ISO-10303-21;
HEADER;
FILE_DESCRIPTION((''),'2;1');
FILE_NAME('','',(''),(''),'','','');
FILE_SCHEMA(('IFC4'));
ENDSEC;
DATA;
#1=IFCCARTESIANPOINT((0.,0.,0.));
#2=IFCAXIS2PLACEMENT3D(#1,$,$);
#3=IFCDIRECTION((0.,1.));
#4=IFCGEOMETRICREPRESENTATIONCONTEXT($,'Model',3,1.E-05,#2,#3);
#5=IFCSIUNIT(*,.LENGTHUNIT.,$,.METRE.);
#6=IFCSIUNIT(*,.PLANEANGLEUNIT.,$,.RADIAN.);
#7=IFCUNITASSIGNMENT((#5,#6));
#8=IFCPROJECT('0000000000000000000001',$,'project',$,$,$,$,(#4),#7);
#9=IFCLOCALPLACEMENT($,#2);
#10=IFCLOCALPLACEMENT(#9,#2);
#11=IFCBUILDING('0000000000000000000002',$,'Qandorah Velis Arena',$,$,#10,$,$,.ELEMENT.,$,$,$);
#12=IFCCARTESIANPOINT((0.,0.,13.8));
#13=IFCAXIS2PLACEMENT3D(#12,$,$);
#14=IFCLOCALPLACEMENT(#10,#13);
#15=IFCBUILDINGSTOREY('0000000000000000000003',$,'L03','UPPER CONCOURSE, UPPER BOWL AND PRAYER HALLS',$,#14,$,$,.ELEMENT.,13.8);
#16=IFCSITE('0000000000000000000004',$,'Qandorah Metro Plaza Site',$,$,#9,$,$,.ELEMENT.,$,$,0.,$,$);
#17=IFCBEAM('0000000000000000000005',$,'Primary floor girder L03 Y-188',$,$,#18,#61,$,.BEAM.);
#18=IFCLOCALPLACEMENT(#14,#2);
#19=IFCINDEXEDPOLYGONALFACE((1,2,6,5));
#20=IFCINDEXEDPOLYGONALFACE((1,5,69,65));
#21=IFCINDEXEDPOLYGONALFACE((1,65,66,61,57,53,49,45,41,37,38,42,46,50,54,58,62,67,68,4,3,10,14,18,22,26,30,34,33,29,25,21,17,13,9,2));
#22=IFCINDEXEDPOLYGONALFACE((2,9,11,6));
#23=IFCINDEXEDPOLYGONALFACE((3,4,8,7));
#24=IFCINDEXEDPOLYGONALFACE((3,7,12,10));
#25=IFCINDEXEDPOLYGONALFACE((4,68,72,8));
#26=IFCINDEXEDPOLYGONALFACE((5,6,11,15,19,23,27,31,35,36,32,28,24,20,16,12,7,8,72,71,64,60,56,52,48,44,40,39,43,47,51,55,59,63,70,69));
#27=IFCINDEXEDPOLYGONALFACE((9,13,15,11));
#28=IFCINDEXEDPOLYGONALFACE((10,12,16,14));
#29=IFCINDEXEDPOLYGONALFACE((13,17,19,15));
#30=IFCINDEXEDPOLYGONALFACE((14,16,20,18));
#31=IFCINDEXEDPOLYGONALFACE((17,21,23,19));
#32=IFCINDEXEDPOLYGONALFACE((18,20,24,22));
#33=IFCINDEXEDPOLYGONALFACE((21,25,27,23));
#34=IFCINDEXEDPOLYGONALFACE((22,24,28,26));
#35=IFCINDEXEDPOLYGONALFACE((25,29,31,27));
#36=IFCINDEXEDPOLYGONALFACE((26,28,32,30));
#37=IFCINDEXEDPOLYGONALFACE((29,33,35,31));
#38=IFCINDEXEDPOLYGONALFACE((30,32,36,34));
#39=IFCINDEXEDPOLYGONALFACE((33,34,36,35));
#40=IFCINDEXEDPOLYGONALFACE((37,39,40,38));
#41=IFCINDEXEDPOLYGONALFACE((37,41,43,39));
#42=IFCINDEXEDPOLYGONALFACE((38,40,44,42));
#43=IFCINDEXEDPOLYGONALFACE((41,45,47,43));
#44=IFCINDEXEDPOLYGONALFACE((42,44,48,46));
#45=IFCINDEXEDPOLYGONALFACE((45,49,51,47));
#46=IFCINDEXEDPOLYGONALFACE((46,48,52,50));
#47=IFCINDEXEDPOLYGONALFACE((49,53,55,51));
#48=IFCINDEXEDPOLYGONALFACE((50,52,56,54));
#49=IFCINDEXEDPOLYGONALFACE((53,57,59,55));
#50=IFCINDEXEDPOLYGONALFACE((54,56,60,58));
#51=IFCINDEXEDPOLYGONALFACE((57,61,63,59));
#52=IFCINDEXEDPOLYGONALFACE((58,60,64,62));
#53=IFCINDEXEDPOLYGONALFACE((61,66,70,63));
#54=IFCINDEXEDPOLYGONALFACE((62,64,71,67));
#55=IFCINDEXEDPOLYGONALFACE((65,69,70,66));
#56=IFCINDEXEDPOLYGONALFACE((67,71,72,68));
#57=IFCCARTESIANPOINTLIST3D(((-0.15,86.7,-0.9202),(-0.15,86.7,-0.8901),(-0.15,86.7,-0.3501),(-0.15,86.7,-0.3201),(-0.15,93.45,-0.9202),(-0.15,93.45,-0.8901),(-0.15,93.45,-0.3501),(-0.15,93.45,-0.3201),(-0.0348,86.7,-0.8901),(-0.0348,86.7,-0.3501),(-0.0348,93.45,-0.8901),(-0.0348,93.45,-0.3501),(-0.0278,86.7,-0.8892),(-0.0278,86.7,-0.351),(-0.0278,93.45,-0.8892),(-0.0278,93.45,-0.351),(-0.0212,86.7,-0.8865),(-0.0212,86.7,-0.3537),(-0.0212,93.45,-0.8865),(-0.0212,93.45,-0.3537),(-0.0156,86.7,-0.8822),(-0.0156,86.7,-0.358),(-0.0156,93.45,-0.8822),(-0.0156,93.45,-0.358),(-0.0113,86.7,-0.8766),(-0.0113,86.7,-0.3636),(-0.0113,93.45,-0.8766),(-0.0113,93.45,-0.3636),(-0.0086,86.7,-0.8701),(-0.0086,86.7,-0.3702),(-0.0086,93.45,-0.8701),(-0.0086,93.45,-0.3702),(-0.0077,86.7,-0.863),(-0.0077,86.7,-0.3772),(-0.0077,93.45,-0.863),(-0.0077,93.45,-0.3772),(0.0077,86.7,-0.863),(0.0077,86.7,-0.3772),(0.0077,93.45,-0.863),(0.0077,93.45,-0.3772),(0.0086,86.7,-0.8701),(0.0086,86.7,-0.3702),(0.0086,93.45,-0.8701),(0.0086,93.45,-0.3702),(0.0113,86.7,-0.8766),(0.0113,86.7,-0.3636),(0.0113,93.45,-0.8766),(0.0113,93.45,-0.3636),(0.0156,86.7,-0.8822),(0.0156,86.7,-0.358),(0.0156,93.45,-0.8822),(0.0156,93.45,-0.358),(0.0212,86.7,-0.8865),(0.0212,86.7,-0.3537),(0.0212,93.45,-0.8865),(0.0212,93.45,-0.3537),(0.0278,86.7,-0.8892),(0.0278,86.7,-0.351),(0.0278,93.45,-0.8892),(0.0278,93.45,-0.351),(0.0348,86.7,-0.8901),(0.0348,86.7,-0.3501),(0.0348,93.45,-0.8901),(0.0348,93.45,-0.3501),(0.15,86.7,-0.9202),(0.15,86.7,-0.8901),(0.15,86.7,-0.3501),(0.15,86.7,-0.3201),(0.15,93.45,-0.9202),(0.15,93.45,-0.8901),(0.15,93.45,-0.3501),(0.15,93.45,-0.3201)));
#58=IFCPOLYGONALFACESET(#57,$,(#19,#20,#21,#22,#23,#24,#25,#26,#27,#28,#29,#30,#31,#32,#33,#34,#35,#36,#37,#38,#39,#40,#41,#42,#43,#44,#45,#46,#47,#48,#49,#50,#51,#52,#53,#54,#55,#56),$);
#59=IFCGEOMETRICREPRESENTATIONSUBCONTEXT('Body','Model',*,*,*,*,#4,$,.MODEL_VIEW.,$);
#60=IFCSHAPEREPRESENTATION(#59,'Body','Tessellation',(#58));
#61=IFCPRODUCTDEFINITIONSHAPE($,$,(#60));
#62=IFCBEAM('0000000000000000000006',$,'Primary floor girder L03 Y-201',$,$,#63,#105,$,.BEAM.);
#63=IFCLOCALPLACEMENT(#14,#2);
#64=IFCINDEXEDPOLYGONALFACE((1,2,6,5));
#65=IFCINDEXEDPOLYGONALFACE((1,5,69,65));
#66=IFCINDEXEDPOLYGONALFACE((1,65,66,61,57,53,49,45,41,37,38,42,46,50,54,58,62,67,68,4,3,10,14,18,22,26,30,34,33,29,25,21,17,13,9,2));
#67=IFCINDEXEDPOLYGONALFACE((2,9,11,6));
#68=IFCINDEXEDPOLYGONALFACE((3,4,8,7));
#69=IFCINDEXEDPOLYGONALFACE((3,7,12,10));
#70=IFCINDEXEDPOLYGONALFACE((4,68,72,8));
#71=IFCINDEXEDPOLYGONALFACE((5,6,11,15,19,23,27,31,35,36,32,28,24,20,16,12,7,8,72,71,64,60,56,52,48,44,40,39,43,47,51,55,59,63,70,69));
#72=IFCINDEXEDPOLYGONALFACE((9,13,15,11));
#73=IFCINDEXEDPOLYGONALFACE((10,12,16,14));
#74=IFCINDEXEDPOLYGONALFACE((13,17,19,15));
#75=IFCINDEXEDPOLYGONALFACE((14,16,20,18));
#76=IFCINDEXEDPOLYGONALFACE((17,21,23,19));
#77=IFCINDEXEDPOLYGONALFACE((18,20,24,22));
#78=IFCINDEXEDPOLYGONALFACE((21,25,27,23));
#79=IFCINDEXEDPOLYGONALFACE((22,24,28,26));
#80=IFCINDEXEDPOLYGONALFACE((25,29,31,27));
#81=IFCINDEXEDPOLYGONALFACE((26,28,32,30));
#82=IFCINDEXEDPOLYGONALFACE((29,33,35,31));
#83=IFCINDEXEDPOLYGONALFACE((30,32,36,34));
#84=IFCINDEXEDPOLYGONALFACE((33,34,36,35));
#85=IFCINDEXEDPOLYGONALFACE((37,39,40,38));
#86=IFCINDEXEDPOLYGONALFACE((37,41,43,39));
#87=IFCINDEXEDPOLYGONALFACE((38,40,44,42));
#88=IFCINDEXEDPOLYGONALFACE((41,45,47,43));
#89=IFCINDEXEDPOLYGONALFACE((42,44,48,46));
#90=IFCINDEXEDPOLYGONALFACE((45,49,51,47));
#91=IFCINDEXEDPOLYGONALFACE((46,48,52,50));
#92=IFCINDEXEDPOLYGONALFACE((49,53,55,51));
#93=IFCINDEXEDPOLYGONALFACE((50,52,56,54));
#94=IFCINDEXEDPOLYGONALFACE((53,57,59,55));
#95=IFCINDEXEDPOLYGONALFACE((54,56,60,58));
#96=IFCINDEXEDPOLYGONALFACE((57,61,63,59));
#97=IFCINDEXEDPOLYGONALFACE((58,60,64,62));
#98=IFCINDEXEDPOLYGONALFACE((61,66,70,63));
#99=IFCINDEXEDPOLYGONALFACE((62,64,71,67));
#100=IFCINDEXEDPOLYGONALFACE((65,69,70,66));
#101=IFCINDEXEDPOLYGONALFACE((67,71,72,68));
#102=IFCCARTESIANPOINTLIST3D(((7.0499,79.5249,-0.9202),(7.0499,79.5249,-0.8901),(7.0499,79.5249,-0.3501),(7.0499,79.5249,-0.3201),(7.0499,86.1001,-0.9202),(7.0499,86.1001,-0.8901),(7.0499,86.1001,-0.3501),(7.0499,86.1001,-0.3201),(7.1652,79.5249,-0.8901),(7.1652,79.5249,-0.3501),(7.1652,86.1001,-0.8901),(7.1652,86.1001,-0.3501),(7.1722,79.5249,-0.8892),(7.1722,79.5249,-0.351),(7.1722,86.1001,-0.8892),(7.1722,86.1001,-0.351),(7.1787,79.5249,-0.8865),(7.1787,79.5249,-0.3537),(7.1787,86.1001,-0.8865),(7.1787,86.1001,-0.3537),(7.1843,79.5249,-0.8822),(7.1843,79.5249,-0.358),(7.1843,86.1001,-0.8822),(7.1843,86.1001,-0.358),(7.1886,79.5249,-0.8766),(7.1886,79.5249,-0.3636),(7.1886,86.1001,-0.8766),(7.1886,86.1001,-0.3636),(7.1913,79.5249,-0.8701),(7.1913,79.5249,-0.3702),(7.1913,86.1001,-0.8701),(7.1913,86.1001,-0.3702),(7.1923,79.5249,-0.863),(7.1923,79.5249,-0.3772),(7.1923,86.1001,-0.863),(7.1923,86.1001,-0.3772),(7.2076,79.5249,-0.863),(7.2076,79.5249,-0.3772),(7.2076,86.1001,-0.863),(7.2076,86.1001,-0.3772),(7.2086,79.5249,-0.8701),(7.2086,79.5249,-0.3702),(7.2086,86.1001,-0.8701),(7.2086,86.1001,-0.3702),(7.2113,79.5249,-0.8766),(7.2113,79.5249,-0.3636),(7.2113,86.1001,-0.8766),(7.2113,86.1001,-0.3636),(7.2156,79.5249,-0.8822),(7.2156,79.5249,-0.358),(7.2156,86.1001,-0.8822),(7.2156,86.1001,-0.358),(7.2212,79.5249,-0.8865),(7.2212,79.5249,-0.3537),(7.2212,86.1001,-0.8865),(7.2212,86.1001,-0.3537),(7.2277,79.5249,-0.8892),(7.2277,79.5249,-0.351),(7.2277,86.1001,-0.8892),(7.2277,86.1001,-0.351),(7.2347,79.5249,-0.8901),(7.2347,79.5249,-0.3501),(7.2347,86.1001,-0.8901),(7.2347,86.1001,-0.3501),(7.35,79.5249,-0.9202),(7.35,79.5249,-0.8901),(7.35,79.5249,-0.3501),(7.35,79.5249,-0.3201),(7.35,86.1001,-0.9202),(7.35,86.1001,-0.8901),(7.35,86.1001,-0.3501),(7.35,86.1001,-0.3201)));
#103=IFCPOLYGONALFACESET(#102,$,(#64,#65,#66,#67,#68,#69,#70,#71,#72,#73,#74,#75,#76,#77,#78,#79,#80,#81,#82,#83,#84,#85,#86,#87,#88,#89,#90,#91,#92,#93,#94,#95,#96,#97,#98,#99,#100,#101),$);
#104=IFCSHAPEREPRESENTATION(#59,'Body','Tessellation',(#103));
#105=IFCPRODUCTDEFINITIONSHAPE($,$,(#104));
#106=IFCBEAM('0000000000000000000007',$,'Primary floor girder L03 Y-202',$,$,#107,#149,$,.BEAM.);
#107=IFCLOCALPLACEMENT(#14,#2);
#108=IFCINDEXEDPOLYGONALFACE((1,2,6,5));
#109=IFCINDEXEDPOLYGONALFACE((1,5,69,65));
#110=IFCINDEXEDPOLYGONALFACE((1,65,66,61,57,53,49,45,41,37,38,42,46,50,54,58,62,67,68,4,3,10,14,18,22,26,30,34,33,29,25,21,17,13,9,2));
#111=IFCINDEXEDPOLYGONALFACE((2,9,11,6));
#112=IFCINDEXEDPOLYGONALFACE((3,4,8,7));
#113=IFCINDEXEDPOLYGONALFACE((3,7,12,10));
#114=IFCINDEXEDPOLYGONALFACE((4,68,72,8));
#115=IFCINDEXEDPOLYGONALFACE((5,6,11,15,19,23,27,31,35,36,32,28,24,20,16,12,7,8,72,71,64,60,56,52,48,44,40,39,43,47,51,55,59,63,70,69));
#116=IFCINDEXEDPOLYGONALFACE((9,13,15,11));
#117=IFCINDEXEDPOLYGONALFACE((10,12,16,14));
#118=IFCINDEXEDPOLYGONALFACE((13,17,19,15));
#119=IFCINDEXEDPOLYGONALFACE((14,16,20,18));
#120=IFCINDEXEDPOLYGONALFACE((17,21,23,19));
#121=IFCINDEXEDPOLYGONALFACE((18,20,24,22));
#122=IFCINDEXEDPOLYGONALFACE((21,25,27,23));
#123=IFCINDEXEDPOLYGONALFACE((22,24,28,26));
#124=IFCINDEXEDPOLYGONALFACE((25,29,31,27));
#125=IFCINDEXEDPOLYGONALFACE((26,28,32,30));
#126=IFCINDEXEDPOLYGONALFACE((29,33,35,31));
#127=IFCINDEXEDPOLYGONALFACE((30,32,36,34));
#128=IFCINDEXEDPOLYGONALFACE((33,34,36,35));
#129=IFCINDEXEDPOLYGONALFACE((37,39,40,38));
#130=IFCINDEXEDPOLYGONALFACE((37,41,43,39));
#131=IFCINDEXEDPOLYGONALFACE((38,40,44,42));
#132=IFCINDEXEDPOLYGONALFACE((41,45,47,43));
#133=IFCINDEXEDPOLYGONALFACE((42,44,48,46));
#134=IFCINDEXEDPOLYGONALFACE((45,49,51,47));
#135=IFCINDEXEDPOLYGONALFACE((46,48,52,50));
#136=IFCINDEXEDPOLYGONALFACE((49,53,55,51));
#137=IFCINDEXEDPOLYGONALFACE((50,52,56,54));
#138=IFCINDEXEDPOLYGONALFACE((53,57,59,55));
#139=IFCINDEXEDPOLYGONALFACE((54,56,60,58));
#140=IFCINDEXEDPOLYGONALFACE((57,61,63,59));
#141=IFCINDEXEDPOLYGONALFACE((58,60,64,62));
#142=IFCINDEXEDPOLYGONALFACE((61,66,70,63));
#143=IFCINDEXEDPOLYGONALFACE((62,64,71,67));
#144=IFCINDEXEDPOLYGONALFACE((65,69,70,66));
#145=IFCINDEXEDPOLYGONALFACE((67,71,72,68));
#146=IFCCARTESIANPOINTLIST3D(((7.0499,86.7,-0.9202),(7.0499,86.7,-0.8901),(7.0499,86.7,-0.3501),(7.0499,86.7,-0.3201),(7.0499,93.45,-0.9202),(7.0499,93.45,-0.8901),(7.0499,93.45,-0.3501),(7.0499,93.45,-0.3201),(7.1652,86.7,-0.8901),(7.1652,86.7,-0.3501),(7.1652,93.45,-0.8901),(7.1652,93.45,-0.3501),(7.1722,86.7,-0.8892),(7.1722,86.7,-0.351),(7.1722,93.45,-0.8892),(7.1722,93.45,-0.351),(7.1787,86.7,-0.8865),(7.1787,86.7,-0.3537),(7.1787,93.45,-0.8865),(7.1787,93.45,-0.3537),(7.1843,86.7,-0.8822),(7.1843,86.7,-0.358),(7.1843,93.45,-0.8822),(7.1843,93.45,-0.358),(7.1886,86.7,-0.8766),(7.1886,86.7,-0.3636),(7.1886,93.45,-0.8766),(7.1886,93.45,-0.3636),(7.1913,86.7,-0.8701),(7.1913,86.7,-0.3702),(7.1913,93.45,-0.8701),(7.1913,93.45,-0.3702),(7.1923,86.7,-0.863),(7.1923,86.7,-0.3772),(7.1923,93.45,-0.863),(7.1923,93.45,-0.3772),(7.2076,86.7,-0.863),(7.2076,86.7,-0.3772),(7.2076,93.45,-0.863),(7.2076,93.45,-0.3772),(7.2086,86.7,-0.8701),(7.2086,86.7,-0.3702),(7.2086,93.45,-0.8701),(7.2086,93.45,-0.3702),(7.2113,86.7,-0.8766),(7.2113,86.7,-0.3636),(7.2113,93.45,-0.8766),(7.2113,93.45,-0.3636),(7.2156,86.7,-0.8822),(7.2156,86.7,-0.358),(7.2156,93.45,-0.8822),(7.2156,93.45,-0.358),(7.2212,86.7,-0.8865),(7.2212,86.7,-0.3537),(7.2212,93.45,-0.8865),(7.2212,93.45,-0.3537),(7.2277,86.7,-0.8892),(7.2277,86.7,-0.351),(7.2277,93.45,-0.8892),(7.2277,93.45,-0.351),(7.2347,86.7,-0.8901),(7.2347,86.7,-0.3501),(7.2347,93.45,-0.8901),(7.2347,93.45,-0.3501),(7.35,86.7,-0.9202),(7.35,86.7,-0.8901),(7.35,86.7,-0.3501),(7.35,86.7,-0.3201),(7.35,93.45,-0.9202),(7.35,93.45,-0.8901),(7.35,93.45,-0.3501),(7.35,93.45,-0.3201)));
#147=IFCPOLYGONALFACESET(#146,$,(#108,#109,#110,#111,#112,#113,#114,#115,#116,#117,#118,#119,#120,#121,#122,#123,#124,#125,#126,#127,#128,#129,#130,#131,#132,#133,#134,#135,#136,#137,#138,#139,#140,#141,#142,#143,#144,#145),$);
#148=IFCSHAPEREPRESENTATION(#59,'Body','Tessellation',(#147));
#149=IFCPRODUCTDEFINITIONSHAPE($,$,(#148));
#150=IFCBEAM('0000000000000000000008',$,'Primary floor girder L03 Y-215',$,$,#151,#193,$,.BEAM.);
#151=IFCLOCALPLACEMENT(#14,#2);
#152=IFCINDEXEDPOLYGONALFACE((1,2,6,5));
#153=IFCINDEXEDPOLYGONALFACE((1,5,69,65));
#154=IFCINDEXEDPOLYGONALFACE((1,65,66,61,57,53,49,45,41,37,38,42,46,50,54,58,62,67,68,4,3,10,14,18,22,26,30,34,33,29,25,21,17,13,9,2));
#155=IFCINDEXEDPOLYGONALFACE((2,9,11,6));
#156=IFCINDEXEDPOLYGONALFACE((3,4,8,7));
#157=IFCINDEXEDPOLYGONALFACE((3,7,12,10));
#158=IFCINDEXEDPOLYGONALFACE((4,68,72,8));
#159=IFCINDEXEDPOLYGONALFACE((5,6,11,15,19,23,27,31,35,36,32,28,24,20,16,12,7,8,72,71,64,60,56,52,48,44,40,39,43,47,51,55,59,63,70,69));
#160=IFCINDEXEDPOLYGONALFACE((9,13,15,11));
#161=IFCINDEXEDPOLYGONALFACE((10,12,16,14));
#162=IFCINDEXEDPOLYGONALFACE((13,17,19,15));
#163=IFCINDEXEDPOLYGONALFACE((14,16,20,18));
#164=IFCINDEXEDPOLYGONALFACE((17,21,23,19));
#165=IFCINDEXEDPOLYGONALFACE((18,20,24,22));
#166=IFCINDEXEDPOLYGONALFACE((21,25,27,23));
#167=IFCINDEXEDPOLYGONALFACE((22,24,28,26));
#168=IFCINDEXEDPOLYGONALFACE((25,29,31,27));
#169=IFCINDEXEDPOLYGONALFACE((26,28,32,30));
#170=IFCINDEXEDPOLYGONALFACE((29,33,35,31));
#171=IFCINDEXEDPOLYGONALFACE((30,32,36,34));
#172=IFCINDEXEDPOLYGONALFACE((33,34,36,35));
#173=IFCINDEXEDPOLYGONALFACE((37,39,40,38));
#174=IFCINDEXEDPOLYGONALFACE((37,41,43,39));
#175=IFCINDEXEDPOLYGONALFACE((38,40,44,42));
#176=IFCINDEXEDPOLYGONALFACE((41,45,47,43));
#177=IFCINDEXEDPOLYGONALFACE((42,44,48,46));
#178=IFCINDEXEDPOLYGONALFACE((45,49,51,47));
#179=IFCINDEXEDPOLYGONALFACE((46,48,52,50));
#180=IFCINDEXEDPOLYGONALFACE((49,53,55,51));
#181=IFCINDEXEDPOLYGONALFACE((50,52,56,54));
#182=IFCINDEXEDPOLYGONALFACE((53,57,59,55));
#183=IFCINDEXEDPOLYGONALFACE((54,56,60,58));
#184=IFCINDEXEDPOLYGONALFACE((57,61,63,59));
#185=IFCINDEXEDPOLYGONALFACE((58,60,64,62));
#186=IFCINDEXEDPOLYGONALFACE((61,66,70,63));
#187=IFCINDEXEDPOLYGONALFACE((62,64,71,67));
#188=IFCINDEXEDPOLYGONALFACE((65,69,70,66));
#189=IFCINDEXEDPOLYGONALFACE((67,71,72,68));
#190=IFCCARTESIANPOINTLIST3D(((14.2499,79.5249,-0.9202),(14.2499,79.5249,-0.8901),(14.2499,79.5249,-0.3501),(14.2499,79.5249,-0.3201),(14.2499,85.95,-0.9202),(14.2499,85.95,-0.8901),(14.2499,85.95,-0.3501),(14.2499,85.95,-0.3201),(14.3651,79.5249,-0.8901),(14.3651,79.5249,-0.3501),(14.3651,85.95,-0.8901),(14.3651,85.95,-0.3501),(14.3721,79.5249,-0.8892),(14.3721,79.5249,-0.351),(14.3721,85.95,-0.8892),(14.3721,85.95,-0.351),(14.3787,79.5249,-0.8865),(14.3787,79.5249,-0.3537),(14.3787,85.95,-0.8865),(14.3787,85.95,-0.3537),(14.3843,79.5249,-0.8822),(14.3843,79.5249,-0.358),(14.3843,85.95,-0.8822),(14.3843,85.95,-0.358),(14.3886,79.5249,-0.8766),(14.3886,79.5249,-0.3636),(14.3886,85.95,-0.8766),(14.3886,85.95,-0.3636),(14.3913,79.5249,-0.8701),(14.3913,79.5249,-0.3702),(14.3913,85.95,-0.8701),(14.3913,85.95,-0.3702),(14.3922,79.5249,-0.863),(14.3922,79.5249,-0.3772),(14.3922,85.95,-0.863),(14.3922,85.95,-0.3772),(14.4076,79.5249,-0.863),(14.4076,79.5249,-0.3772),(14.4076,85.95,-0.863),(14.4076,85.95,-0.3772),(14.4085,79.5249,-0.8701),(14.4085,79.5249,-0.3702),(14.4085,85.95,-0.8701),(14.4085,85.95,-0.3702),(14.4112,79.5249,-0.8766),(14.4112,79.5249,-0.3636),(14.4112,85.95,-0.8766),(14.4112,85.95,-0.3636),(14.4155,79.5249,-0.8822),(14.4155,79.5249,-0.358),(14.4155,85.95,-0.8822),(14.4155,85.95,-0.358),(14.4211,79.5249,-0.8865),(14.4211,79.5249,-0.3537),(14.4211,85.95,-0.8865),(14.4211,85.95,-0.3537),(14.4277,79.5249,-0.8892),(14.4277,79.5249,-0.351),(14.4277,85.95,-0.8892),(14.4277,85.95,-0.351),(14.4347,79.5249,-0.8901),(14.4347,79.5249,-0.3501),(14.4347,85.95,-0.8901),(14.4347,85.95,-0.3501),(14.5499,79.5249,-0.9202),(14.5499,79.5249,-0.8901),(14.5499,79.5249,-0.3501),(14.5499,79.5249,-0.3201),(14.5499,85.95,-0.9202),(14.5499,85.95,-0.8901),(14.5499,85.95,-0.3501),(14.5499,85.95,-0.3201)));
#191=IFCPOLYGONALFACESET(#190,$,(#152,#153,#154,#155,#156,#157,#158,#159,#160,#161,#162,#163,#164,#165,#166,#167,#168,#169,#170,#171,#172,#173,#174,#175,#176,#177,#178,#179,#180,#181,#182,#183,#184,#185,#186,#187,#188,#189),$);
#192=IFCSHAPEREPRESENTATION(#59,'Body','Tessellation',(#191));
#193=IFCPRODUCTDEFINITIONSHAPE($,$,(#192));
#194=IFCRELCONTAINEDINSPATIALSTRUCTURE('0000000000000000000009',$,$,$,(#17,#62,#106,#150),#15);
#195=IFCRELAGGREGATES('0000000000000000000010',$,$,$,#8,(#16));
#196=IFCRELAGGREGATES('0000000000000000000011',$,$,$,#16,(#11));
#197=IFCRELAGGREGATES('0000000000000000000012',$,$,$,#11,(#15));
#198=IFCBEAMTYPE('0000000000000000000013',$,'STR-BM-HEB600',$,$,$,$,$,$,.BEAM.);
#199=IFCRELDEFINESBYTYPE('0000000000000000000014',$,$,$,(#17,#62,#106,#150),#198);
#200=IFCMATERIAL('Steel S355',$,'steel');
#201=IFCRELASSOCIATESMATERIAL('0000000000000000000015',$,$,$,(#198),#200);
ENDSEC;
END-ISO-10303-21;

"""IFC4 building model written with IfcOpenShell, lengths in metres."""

from ifc_helpers import new_model, si_unit, direction, frame, origin, origin_2d, place, context, subcontext, project, spatial, i_section, extrude, material, material_profile, profile_set, type_object, element, save


model = new_model("IFC4")

# Units and contexts
model_context = context("Model", 3, precision=1e-05, world=origin(), true_north=direction((0.0, 1.0)))
body_context = subcontext(model_context, "Body", "Model", "MODEL_VIEW")
ifc_project = project(units=[si_unit("LENGTHUNIT", "METRE"), si_unit("PLANEANGLEUNIT", "RADIAN")], contexts=[model_context])

# Site, building, storey
site_placement = place(None, origin())
site = spatial("IfcSite", under=ifc_project, at=site_placement, Name="Qandorah Metro Plaza Site", CompositionType="ELEMENT", RefElevation=0.0)
building_placement = place(site_placement, origin())
building = spatial("IfcBuilding", under=site, at=building_placement, Name="Qandorah Velis Arena", CompositionType="ELEMENT")
storey_placement = place(building_placement, frame((0.0, 0.0, 13.8)))
storey = spatial("IfcBuildingStorey", under=building, at=storey_placement, Name="L03", Description="UPPER CONCOURSE, UPPER BOWL AND PRAYER HALLS", CompositionType="ELEMENT", Elevation=13.8)

# Beams
ifc_material_1 = material(Name="Steel S355", Category="steel")
ifc_material_profile_1 = material_profile(ifc_material_1, i_section(OverallWidth=0.3, OverallDepth=0.6001, WebThickness=0.0154, FlangeThickness=0.03, FilletRadius=0.0271, at=origin_2d()), Name="HEB 600")
ifc_profile_set_1 = profile_set([ifc_material_profile_1], Name="Steel S355")
beam_type_1 = type_object("IfcBeamType", Name="STR-BM-HEB600", PredefinedType="BEAM", material=ifc_profile_set_1)
beam_1_placement = place(storey_placement, frame((0.0, 86.7, -0.6201), z_axis=(0.0, 1.0, 0.0), x_axis=(-1.0, 0.0, 0.0)))
element("IfcBeam", 1, at=beam_1_placement, inside=storey, type_object=beam_type_1, Name="Primary floor girder L03 Y-188", PredefinedType="BEAM", context=body_context, shape_type="SweptSolid", body=[
    extrude(i_section(OverallWidth=0.3, OverallDepth=0.6001, WebThickness=0.0154, FlangeThickness=0.03, FilletRadius=0.0271, at=origin_2d()), origin(), (0.0, 0.0, 1.0), 6.75),
])
beam_2_placement = place(storey_placement, frame((7.2, 79.5249, -0.6201), z_axis=(0.0, 1.0, 0.0), x_axis=(-1.0, 0.0, 0.0)))
element("IfcBeam", 2, at=beam_2_placement, inside=storey, type_object=beam_type_1, Name="Primary floor girder L03 Y-201", PredefinedType="BEAM", context=body_context, shape_type="SweptSolid", body=[
    extrude(i_section(OverallWidth=0.3, OverallDepth=0.6001, WebThickness=0.0154, FlangeThickness=0.03, FilletRadius=0.0271, at=origin_2d()), origin(), (0.0, 0.0, 1.0), 6.5752),
])
beam_3_placement = place(storey_placement, frame((7.2, 86.7, -0.6201), z_axis=(0.0, 1.0, 0.0), x_axis=(-1.0, 0.0, 0.0)))
element("IfcBeam", 3, at=beam_3_placement, inside=storey, type_object=beam_type_1, Name="Primary floor girder L03 Y-202", PredefinedType="BEAM", context=body_context, shape_type="SweptSolid", body=[
    extrude(i_section(OverallWidth=0.3, OverallDepth=0.6001, WebThickness=0.0154, FlangeThickness=0.03, FilletRadius=0.0271, at=origin_2d()), origin(), (0.0, 0.0, 1.0), 6.75),
])
beam_4_placement = place(storey_placement, frame((14.3999, 79.5249, -0.6201), z_axis=(0.0, 1.0, 0.0), x_axis=(-1.0, 0.0, 0.0)))
element("IfcBeam", 4, at=beam_4_placement, inside=storey, type_object=beam_type_1, Name="Primary floor girder L03 Y-215", PredefinedType="BEAM", context=body_context, shape_type="SweptSolid", body=[
    extrude(i_section(OverallWidth=0.3, OverallDepth=0.6001, WebThickness=0.0154, FlangeThickness=0.03, FilletRadius=0.0271, at=origin_2d()), origin(), (0.0, 0.0, 1.0), 6.425),
])

save(model, "model.ifc")
